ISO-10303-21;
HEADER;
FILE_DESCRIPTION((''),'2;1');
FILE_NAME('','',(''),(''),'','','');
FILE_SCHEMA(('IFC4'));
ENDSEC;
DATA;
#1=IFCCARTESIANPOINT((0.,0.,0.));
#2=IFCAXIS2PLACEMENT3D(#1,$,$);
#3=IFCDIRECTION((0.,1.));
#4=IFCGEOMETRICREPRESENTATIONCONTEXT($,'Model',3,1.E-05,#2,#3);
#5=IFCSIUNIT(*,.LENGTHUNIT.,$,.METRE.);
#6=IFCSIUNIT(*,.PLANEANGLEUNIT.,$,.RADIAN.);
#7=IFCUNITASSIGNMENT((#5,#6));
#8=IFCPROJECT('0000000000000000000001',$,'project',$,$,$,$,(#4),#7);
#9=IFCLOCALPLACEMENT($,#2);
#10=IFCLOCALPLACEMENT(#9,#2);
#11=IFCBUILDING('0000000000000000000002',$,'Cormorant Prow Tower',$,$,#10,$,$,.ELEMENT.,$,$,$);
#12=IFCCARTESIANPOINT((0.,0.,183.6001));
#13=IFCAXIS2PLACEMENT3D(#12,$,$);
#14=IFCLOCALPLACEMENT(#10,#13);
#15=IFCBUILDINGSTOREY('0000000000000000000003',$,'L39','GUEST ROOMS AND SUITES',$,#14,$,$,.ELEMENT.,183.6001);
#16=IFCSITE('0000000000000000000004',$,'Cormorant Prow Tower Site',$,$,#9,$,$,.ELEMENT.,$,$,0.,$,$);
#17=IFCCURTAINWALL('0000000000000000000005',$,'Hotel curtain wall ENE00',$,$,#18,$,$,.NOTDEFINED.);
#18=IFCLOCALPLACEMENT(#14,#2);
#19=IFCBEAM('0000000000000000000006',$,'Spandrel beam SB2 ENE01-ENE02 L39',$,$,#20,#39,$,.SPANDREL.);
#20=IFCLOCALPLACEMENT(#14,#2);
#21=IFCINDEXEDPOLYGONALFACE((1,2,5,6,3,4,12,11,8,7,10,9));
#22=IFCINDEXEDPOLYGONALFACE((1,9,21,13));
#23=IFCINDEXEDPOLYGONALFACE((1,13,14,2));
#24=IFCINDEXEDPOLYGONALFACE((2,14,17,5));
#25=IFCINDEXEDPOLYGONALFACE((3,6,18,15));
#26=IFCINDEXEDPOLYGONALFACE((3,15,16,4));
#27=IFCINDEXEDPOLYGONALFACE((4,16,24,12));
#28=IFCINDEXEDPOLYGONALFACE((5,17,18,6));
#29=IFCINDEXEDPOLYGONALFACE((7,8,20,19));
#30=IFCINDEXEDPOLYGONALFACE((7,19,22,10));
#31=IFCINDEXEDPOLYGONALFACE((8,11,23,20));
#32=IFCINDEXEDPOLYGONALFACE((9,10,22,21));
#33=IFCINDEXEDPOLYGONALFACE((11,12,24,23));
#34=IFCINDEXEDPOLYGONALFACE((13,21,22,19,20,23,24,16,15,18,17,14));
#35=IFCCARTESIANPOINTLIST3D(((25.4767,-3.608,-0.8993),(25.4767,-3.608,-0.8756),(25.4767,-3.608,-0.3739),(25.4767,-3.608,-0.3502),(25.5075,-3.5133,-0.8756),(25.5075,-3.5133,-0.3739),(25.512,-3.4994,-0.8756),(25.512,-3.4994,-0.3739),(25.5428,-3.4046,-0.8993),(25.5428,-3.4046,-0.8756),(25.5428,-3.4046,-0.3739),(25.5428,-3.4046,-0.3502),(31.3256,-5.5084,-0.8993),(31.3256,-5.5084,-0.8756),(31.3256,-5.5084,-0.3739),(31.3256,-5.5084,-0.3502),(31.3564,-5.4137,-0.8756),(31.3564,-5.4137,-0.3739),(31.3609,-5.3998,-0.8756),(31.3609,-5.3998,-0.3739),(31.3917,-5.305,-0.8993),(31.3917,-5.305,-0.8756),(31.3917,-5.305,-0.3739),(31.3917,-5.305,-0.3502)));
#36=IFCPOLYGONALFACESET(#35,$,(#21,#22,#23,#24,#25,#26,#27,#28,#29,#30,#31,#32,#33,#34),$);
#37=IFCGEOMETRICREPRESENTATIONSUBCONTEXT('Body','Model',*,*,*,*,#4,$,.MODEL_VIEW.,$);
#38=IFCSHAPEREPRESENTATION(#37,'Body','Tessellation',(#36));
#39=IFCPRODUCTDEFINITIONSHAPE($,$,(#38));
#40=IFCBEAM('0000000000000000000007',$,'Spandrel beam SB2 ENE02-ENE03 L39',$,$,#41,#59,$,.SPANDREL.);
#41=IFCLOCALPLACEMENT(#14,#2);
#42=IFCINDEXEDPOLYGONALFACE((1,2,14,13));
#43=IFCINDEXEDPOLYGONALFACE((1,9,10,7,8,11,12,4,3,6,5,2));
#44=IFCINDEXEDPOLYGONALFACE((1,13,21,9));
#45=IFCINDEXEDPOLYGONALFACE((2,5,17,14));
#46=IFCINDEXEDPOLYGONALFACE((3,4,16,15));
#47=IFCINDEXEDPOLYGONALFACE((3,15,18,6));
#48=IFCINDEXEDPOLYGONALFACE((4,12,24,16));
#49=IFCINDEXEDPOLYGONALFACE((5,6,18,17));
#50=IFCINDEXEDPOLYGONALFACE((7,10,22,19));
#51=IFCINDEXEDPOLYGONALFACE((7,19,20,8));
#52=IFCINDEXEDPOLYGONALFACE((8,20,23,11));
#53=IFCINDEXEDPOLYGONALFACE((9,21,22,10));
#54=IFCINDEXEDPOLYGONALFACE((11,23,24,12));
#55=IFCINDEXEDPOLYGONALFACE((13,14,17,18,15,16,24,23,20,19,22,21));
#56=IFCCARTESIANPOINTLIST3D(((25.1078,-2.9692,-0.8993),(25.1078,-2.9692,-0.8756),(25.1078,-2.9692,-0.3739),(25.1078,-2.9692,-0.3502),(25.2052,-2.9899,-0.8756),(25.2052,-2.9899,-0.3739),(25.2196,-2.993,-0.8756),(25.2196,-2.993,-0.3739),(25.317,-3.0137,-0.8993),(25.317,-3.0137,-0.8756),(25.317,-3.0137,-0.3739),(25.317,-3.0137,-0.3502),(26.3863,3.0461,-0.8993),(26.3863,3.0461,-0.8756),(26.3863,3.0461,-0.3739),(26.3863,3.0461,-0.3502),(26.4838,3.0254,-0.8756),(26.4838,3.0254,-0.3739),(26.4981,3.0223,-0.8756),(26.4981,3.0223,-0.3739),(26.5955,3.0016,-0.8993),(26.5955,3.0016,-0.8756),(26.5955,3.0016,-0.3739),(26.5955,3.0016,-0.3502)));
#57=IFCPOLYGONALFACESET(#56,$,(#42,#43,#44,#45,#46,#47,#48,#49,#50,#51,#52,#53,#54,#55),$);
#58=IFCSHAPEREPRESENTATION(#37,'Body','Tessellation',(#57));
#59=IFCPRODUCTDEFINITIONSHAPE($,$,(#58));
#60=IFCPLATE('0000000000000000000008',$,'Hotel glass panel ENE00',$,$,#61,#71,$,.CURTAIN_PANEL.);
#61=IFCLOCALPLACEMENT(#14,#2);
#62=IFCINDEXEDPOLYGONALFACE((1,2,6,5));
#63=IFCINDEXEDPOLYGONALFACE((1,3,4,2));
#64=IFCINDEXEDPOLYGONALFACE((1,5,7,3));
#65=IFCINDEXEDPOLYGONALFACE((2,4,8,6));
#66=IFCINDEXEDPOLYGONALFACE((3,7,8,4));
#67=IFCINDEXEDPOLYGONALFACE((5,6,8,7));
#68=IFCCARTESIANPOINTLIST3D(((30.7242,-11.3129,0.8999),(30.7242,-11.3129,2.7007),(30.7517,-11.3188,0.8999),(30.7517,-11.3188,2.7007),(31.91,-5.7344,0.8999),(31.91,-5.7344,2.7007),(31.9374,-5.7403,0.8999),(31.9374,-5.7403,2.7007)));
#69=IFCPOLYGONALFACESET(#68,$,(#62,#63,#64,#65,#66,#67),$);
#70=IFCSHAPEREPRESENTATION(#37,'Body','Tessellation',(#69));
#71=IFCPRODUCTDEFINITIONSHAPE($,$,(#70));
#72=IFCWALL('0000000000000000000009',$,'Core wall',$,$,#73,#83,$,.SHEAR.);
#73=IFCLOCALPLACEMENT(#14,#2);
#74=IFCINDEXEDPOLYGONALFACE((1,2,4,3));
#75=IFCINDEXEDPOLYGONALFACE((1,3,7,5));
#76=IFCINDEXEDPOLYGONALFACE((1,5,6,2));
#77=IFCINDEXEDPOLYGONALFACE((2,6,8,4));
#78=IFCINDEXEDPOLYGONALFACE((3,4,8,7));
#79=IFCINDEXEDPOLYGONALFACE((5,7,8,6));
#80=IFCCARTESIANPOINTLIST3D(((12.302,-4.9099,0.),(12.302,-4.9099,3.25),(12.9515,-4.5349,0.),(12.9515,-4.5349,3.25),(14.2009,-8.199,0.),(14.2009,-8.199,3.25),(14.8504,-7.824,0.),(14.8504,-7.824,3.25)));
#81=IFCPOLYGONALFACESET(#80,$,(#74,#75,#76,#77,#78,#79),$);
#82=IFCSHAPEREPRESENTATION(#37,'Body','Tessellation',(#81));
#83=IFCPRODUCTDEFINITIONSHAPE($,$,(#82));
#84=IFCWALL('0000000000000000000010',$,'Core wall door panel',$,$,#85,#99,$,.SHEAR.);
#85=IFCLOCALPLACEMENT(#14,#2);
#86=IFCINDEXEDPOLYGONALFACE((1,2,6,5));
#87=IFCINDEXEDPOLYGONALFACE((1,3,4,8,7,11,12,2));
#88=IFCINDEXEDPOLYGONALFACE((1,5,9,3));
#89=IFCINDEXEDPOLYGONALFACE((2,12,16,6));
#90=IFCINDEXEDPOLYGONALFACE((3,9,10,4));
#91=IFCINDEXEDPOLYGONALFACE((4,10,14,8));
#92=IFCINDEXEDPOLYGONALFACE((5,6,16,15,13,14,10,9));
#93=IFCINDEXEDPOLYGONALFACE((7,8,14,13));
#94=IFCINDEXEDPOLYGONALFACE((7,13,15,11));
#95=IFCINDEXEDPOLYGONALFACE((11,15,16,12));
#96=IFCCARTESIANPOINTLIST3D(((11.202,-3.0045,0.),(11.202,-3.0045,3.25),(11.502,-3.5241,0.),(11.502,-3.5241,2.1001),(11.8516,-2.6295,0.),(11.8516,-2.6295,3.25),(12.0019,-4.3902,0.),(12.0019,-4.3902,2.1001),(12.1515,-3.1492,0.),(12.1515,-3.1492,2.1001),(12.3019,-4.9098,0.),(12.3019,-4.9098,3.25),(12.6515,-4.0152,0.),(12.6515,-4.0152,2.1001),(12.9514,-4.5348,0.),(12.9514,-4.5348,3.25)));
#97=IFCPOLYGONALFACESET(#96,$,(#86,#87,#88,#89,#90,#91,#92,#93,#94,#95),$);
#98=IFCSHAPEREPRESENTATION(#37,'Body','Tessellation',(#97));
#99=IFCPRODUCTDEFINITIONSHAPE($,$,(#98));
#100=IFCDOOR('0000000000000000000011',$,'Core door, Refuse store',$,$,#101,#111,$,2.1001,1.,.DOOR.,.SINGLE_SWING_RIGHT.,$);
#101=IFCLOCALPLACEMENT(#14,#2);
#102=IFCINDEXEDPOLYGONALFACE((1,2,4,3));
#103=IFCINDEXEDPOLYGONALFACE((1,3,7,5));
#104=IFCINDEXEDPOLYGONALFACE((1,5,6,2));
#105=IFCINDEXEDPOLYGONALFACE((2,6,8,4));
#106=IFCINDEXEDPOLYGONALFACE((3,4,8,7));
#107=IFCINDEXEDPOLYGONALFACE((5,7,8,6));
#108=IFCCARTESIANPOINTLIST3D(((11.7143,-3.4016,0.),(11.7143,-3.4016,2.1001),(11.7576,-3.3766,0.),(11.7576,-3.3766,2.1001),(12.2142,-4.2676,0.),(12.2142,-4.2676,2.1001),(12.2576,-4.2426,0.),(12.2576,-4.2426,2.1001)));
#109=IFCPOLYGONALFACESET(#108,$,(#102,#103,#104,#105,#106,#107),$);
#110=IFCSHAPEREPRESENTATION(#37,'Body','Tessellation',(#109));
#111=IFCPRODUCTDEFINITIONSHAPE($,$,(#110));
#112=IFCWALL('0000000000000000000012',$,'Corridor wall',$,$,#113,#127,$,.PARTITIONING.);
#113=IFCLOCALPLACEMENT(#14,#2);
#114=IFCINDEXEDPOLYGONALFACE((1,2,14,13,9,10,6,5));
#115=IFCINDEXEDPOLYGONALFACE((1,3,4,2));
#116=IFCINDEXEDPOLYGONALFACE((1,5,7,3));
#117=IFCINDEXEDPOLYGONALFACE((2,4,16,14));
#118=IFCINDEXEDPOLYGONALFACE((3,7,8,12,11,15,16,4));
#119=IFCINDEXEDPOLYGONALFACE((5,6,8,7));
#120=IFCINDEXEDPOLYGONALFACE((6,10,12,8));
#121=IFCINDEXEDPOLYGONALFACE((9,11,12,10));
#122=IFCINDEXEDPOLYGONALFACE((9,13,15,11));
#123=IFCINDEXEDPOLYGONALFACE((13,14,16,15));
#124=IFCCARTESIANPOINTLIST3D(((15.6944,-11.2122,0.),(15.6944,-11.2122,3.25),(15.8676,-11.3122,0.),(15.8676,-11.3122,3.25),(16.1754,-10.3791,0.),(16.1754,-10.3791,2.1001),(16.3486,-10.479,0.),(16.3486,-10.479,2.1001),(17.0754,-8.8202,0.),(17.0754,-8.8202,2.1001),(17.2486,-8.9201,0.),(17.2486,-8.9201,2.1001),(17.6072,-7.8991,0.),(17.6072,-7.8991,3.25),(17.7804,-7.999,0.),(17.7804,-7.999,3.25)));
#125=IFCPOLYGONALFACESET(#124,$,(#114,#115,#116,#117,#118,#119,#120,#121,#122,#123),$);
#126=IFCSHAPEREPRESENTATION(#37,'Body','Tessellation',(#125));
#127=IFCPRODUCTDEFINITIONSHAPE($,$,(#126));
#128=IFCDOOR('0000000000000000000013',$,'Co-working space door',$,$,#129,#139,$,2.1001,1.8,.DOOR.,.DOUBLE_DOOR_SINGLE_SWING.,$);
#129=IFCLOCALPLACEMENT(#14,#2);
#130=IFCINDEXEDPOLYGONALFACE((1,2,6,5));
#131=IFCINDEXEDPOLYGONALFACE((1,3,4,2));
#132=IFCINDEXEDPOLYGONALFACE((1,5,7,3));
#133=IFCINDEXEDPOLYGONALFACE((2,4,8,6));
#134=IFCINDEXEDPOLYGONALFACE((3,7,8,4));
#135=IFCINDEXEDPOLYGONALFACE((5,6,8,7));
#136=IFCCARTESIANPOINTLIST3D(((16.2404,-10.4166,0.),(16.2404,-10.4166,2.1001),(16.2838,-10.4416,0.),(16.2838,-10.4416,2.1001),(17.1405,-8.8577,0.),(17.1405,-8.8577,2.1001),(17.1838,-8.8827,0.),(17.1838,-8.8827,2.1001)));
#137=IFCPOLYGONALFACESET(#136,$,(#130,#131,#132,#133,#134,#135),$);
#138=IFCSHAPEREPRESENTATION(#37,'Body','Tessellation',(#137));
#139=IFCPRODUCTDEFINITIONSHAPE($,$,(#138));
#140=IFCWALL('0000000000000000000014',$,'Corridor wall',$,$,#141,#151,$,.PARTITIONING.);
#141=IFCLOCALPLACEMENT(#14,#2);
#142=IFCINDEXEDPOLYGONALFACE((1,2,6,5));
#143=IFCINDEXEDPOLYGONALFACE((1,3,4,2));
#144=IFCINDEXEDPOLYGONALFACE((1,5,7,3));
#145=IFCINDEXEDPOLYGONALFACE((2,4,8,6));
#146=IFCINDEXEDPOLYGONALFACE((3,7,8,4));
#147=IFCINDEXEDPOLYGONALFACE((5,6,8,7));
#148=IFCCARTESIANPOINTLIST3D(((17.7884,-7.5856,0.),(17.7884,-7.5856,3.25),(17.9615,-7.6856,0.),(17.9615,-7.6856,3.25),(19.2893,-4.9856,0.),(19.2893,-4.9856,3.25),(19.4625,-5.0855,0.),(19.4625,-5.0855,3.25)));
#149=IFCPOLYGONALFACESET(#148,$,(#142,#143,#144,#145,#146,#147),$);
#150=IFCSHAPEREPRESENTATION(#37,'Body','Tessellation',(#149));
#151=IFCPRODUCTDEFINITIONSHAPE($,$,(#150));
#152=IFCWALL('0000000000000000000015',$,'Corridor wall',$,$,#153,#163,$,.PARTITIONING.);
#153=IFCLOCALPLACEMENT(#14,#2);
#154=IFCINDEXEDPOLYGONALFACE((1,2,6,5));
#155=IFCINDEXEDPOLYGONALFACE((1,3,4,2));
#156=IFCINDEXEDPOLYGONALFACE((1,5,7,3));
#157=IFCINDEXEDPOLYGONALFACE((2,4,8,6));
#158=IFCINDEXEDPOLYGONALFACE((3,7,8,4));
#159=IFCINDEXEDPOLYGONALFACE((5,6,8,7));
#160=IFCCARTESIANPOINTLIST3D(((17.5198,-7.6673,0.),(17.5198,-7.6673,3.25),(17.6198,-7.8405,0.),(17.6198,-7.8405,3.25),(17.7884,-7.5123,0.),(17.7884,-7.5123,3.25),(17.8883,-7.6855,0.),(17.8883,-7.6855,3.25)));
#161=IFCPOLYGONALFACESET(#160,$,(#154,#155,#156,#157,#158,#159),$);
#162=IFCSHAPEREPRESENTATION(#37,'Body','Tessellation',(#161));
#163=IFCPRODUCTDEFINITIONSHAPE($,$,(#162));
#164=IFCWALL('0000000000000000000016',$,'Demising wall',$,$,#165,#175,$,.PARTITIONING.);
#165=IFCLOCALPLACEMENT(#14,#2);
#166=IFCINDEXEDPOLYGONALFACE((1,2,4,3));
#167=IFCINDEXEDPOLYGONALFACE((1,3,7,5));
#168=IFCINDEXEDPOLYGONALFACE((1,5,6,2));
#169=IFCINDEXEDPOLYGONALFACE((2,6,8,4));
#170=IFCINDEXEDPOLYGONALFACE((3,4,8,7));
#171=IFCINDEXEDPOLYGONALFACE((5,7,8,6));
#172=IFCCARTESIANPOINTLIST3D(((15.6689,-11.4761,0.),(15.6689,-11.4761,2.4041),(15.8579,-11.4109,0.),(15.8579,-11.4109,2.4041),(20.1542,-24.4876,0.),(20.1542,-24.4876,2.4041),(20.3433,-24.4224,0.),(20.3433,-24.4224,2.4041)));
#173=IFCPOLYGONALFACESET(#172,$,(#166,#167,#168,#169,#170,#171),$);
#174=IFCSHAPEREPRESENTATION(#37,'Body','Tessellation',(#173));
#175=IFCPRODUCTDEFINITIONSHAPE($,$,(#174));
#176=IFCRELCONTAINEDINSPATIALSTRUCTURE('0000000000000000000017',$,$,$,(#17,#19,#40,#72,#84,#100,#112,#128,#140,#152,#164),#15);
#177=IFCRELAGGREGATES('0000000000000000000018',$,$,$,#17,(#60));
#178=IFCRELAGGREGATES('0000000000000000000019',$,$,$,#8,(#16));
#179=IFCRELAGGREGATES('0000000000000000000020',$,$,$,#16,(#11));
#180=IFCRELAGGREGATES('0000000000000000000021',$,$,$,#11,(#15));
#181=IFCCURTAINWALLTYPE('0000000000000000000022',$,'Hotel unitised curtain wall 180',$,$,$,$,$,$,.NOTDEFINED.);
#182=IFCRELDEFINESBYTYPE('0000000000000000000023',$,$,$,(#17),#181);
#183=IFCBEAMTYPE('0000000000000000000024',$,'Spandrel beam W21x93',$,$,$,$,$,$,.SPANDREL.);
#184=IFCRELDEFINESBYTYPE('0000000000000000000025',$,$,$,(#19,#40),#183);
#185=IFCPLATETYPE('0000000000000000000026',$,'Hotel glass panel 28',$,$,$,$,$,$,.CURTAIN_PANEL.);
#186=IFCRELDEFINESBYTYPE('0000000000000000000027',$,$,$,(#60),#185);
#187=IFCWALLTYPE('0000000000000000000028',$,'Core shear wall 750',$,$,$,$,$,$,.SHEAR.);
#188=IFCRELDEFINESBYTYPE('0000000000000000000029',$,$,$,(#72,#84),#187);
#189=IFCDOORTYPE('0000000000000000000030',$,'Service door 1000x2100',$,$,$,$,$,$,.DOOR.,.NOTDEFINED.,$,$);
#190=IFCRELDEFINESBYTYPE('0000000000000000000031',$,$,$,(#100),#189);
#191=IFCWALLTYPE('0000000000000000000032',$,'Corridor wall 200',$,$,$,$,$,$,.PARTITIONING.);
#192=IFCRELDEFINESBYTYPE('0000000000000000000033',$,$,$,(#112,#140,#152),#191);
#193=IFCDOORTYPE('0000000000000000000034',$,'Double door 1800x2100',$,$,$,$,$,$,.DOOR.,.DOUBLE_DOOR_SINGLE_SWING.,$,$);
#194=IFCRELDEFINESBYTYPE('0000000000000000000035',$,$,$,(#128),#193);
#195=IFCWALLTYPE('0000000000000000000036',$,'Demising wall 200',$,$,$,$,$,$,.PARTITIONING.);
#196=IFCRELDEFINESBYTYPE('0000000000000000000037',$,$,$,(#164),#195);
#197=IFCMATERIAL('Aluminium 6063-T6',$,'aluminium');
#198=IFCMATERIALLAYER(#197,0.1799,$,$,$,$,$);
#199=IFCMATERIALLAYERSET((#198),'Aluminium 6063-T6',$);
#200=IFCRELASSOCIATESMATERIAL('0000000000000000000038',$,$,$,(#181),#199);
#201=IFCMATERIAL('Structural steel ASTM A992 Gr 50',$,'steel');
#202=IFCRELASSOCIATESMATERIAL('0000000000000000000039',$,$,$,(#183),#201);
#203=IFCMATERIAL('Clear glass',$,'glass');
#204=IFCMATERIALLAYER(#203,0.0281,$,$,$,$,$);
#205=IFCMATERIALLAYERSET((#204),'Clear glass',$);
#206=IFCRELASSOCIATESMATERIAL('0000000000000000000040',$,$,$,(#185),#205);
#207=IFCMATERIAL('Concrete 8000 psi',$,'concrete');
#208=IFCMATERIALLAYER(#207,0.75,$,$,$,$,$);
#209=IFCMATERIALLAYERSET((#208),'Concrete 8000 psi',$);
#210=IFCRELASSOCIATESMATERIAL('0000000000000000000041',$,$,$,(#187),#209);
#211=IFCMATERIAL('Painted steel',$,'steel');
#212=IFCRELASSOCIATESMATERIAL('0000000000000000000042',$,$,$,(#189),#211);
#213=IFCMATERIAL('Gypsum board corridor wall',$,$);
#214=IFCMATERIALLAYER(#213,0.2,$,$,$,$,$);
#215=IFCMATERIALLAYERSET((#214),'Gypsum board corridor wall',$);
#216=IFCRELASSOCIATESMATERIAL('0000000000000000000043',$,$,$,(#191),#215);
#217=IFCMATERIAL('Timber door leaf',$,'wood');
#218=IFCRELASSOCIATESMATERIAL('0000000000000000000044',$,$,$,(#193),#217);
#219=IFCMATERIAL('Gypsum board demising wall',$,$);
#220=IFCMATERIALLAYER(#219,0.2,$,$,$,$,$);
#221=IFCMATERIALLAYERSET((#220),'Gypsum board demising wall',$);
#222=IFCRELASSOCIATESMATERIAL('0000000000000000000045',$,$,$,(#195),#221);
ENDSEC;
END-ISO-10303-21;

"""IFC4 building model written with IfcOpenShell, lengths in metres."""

from ifc_helpers import new_model, si_unit, direction, frame, frame_2d, origin, origin_2d, place, context, subcontext, project, spatial, rectangle, i_section, extrude, material, layer, layer_set, material_profile, profile_set, type_object, element, fill, aggregate, save


model = new_model("IFC4")

# Units and contexts
model_context = context("Model", 3, precision=1e-05, world=origin(), true_north=direction((0.0, 1.0)))
body_context = subcontext(model_context, "Body", "Model", "MODEL_VIEW")
ifc_project = project(units=[si_unit("LENGTHUNIT", "METRE"), si_unit("PLANEANGLEUNIT", "RADIAN")], contexts=[model_context])

# Site, building, storey
site_placement = place(None, origin())
site = spatial("IfcSite", under=ifc_project, at=site_placement, Name="Cormorant Prow Tower Site", CompositionType="ELEMENT", RefElevation=0.0)
building_placement = place(site_placement, origin())
building = spatial("IfcBuilding", under=site, at=building_placement, Name="Cormorant Prow Tower", CompositionType="ELEMENT")
storey_placement = place(building_placement, frame((0.0, 0.0, 183.6001)))
storey = spatial("IfcBuildingStorey", under=building, at=storey_placement, Name="L39", Description="GUEST ROOMS AND SUITES", CompositionType="ELEMENT", Elevation=183.6001)

# Curtain wall
ifc_material_1 = material(Name="Aluminium 6063-T6", Category="aluminium")
ifc_layer_1 = layer(ifc_material_1, 0.1799)
ifc_layer_set_1 = layer_set([ifc_layer_1], Name="Aluminium 6063-T6")
curtain_wall_type = type_object("IfcCurtainWallType", Name="Hotel unitised curtain wall 180", PredefinedType="NOTDEFINED", material=ifc_layer_set_1)
curtain_wall_1_placement = place(storey_placement, origin())
curtain_wall_1 = element("IfcCurtainWall", 1, at=curtain_wall_1_placement, inside=storey, type_object=curtain_wall_type, Name="Hotel curtain wall ENE00", PredefinedType="NOTDEFINED")

# Beams
ifc_material_2 = material(Name="Structural steel ASTM A992 Gr 50", Category="steel")
ifc_material_profile_1 = material_profile(ifc_material_2, i_section(OverallWidth=0.2139, OverallDepth=0.5491, WebThickness=0.0146, FlangeThickness=0.0237, at=origin_2d()), Name="W21x93")
ifc_profile_set_1 = profile_set([ifc_material_profile_1], Name="Structural steel ASTM A992 Gr 50")
beam_type_1 = type_object("IfcBeamType", Name="Spandrel beam W21x93", PredefinedType="SPANDREL", material=ifc_profile_set_1)
beam_1_placement = place(storey_placement, frame((31.3586, -5.4067, -0.6248), z_axis=(-0.951058, 0.309013, 0.0), x_axis=(-0.309013, -0.951058, 0.0)))
element("IfcBeam", 2, at=beam_1_placement, inside=storey, type_object=beam_type_1, Name="Spandrel beam SB2 ENE01-ENE02 L39", PredefinedType="SPANDREL", context=body_context, shape_type="SweptSolid", body=[
    extrude(i_section(OverallWidth=0.2139, OverallDepth=0.5491, WebThickness=0.0146, FlangeThickness=0.0237, at=origin_2d()), origin(), (0.0, 0.0, 1.0), 6.1499),
])
beam_2_placement = place(storey_placement, frame((25.2124, -2.9915, -0.6248), z_axis=(0.207905, 0.978149, 0.0), x_axis=(-0.978149, 0.207905, 0.0)))
element("IfcBeam", 3, at=beam_2_placement, inside=storey, type_object=beam_type_1, Name="Spandrel beam SB2 ENE02-ENE03 L39", PredefinedType="SPANDREL", context=body_context, shape_type="SweptSolid", body=[
    extrude(i_section(OverallWidth=0.2139, OverallDepth=0.5491, WebThickness=0.0146, FlangeThickness=0.0237, at=origin_2d()), origin(), (0.0, 0.0, 1.0), 6.1497),
])

# Plate
ifc_material_3 = material(Name="Clear glass", Category="glass")
ifc_layer_2 = layer(ifc_material_3, 0.0281)
ifc_layer_set_2 = layer_set([ifc_layer_2], Name="Clear glass")
plate_type = type_object("IfcPlateType", Name="Hotel glass panel 28", PredefinedType="CURTAIN_PANEL", material=ifc_layer_set_2)
plate_placement = place(storey_placement, frame((31.3308, -8.5266, 0.8999), z_axis=(0.0, 0.0, 1.0), x_axis=(0.207912, 0.978148, 0.0)))
plate = element("IfcPlate", 4, at=plate_placement, type_object=plate_type, Name="Hotel glass panel ENE00", PredefinedType="CURTAIN_PANEL", context=body_context, shape_type="SweptSolid", body=[
    extrude(rectangle(XDim=5.7031, YDim=0.0281, at=origin_2d()), origin(), (0.0, 0.0, 1.0), 1.8008),
])
aggregate(curtain_wall_1, [plate])

# Wall
ifc_material_4 = material(Name="Concrete 8000 psi", Category="concrete")
ifc_layer_3 = layer(ifc_material_4, 0.75)
ifc_layer_set_3 = layer_set([ifc_layer_3], Name="Concrete 8000 psi")
wall_type_1 = type_object("IfcWallType", Name="Core shear wall 750", PredefinedType="SHEAR", material=ifc_layer_set_3)
wall_1_placement = place(storey_placement, frame((14.5256, -8.0115, 0.0), z_axis=(0.0, 0.0, 1.0), x_axis=(-0.499997, 0.866027, 0.0)))
element("IfcWall", 5, at=wall_1_placement, inside=storey, type_object=wall_type_1, Name="Core wall", PredefinedType="SHEAR", context=body_context, shape_type="SweptSolid", body=[
    extrude(rectangle(XDim=3.7979, YDim=0.75, at=frame_2d((1.8989, 0.0))), origin(), (0.0, 0.0, 1.0), 3.25),
])

# Walls, openings, doors
wall_2_placement = place(storey_placement, frame((12.6267, -4.7224, 0.0), z_axis=(0.0, 0.0, 1.0), x_axis=(-0.499947, 0.866056, 0.0)))
wall_2 = element("IfcWall", 6, at=wall_2_placement, inside=storey, type_object=wall_type_1, Name="Core wall door panel", PredefinedType="SHEAR", context=body_context, shape_type="SweptSolid", body=[
    extrude(rectangle(XDim=2.2, YDim=0.75, at=frame_2d((1.1001, 0.0))), origin(), (0.0, 0.0, 1.0), 3.25),
])
opening_1_placement = place(wall_2_placement, frame((0.6001, 0.0, 0.0)))
opening_1 = element("IfcOpeningElement", 7, at=opening_1_placement, cuts=wall_2, PredefinedType="OPENING", context=body_context, shape_type="SweptSolid", body=[
    extrude(rectangle(XDim=1.0, YDim=2.1001, at=frame_2d((0.5, 1.05))), frame((0.0, 0.385, 0.0), z_axis=(0.0, -1.0, 0.0), x_axis=(1.0, 0.0, 0.0)), (0.0, 0.0, 1.0), 0.77),
])
ifc_material_5 = material(Name="Painted steel", Category="steel")
door_type_1 = type_object("IfcDoorType", Name="Service door 1000x2100", OperationType="NOTDEFINED", PredefinedType="DOOR", material=ifc_material_5)
door_1_placement = place(opening_1_placement, origin())
door_1 = element("IfcDoor", 8, at=door_1_placement, inside=storey, type_object=door_type_1, Name="Core door, Refuse store", OperationType="SINGLE_SWING_RIGHT", OverallHeight=2.1001, OverallWidth=1.0, PredefinedType="DOOR", context=body_context, shape_type="SweptSolid", body=[
    extrude(rectangle(XDim=1.0, YDim=2.1001, at=frame_2d((0.5, 1.05))), frame((0.0, 0.1299, 0.0), z_axis=(0.0, -1.0, 0.0), x_axis=(1.0, 0.0, 0.0)), (0.0, 0.0, 1.0), 0.05),
])
fill(opening_1, door_1)
ifc_material_6 = material(Name="Gypsum board corridor wall")
ifc_layer_4 = layer(ifc_material_6, 0.2)
ifc_layer_set_4 = layer_set([ifc_layer_4], Name="Gypsum board corridor wall")
wall_type_2 = type_object("IfcWallType", Name="Corridor wall 200", PredefinedType="PARTITIONING", material=ifc_layer_set_4)
wall_3_placement = place(storey_placement, frame((15.781, -11.2622, 0.0), z_axis=(0.0, 0.0, 1.0), x_axis=(0.499989, 0.866031, 0.0)))
wall_3 = element("IfcWall", 9, at=wall_3_placement, inside=storey, type_object=wall_type_2, Name="Corridor wall", PredefinedType="PARTITIONING", context=body_context, shape_type="SweptSolid", body=[
    extrude(rectangle(XDim=3.8257, YDim=0.2, at=frame_2d((1.9128, 0.0))), origin(), (0.0, 0.0, 1.0), 3.25),
])
opening_2_placement = place(wall_3_placement, frame((0.9622, 0.0, 0.0)))
opening_2 = element("IfcOpeningElement", 10, at=opening_2_placement, cuts=wall_3, PredefinedType="OPENING", context=body_context, shape_type="SweptSolid", body=[
    extrude(rectangle(XDim=1.8, YDim=2.1001, at=frame_2d((0.8999, 1.05))), frame((0.0, 0.1099, 0.0), z_axis=(0.0, -1.0, 0.0), x_axis=(1.0, 0.0, 0.0)), (0.0, 0.0, 1.0), 0.22),
])
ifc_material_7 = material(Name="Timber door leaf", Category="wood")
door_type_2 = type_object("IfcDoorType", Name="Double door 1800x2100", OperationType="DOUBLE_DOOR_SINGLE_SWING", PredefinedType="DOOR", material=ifc_material_7)
door_2_placement = place(opening_2_placement, origin())
door_2 = element("IfcDoor", 11, at=door_2_placement, inside=storey, type_object=door_type_2, Name="Co-working space door", OperationType="DOUBLE_DOOR_SINGLE_SWING", OverallHeight=2.1001, OverallWidth=1.8, PredefinedType="DOOR", context=body_context, shape_type="SweptSolid", body=[
    extrude(rectangle(XDim=1.8, YDim=2.1001, at=frame_2d((0.8999, 1.05))), frame((0.0, 0.0249, 0.0), z_axis=(0.0, -1.0, 0.0), x_axis=(1.0, 0.0, 0.0)), (0.0, 0.0, 1.0), 0.05),
])
fill(opening_2, door_2)

# Walls
wall_4_placement = place(storey_placement, frame((17.875, -7.6355, 0.0), z_axis=(0.0, 0.0, 1.0), x_axis=(0.499952, 0.866053, 0.0)))
element("IfcWall", 12, at=wall_4_placement, inside=storey, type_object=wall_type_2, Name="Corridor wall", PredefinedType="PARTITIONING", context=body_context, shape_type="SweptSolid", body=[
    extrude(rectangle(XDim=3.0022, YDim=0.2, at=frame_2d((1.501, 0.0))), origin(), (0.0, 0.0, 1.0), 3.25),
])
wall_5_placement = place(storey_placement, frame((17.5698, -7.7539, 0.0), z_axis=(0.0, 0.0, 1.0), x_axis=(0.866054, 0.49995, 0.0)))
element("IfcWall", 13, at=wall_5_placement, inside=storey, type_object=wall_type_2, Name="Corridor wall", PredefinedType="PARTITIONING", context=body_context, shape_type="SweptSolid", body=[
    extrude(rectangle(XDim=0.3101, YDim=0.2, at=frame_2d((0.155, 0.0))), origin(), (0.0, 0.0, 1.0), 3.25),
])
ifc_material_8 = material(Name="Gypsum board demising wall")
ifc_layer_5 = layer(ifc_material_8, 0.2)
ifc_layer_set_5 = layer_set([ifc_layer_5], Name="Gypsum board demising wall")
wall_type_3 = type_object("IfcWallType", Name="Demising wall 200", PredefinedType="PARTITIONING", material=ifc_layer_set_5)
wall_6_placement = place(storey_placement, frame((15.7634, -11.4436, 0.0), z_axis=(0.0, 0.0, 1.0), x_axis=(0.325902, -0.945404, 0.0)))
element("IfcWall", 14, at=wall_6_placement, inside=storey, type_object=wall_type_3, Name="Demising wall", PredefinedType="PARTITIONING", context=body_context, shape_type="SweptSolid", body=[
    extrude(rectangle(XDim=13.7629, YDim=0.2, at=frame_2d((6.8813, 0.0))), origin(), (0.0, 0.0, 1.0), 2.4041),
])

save(model, "model.ifc")
